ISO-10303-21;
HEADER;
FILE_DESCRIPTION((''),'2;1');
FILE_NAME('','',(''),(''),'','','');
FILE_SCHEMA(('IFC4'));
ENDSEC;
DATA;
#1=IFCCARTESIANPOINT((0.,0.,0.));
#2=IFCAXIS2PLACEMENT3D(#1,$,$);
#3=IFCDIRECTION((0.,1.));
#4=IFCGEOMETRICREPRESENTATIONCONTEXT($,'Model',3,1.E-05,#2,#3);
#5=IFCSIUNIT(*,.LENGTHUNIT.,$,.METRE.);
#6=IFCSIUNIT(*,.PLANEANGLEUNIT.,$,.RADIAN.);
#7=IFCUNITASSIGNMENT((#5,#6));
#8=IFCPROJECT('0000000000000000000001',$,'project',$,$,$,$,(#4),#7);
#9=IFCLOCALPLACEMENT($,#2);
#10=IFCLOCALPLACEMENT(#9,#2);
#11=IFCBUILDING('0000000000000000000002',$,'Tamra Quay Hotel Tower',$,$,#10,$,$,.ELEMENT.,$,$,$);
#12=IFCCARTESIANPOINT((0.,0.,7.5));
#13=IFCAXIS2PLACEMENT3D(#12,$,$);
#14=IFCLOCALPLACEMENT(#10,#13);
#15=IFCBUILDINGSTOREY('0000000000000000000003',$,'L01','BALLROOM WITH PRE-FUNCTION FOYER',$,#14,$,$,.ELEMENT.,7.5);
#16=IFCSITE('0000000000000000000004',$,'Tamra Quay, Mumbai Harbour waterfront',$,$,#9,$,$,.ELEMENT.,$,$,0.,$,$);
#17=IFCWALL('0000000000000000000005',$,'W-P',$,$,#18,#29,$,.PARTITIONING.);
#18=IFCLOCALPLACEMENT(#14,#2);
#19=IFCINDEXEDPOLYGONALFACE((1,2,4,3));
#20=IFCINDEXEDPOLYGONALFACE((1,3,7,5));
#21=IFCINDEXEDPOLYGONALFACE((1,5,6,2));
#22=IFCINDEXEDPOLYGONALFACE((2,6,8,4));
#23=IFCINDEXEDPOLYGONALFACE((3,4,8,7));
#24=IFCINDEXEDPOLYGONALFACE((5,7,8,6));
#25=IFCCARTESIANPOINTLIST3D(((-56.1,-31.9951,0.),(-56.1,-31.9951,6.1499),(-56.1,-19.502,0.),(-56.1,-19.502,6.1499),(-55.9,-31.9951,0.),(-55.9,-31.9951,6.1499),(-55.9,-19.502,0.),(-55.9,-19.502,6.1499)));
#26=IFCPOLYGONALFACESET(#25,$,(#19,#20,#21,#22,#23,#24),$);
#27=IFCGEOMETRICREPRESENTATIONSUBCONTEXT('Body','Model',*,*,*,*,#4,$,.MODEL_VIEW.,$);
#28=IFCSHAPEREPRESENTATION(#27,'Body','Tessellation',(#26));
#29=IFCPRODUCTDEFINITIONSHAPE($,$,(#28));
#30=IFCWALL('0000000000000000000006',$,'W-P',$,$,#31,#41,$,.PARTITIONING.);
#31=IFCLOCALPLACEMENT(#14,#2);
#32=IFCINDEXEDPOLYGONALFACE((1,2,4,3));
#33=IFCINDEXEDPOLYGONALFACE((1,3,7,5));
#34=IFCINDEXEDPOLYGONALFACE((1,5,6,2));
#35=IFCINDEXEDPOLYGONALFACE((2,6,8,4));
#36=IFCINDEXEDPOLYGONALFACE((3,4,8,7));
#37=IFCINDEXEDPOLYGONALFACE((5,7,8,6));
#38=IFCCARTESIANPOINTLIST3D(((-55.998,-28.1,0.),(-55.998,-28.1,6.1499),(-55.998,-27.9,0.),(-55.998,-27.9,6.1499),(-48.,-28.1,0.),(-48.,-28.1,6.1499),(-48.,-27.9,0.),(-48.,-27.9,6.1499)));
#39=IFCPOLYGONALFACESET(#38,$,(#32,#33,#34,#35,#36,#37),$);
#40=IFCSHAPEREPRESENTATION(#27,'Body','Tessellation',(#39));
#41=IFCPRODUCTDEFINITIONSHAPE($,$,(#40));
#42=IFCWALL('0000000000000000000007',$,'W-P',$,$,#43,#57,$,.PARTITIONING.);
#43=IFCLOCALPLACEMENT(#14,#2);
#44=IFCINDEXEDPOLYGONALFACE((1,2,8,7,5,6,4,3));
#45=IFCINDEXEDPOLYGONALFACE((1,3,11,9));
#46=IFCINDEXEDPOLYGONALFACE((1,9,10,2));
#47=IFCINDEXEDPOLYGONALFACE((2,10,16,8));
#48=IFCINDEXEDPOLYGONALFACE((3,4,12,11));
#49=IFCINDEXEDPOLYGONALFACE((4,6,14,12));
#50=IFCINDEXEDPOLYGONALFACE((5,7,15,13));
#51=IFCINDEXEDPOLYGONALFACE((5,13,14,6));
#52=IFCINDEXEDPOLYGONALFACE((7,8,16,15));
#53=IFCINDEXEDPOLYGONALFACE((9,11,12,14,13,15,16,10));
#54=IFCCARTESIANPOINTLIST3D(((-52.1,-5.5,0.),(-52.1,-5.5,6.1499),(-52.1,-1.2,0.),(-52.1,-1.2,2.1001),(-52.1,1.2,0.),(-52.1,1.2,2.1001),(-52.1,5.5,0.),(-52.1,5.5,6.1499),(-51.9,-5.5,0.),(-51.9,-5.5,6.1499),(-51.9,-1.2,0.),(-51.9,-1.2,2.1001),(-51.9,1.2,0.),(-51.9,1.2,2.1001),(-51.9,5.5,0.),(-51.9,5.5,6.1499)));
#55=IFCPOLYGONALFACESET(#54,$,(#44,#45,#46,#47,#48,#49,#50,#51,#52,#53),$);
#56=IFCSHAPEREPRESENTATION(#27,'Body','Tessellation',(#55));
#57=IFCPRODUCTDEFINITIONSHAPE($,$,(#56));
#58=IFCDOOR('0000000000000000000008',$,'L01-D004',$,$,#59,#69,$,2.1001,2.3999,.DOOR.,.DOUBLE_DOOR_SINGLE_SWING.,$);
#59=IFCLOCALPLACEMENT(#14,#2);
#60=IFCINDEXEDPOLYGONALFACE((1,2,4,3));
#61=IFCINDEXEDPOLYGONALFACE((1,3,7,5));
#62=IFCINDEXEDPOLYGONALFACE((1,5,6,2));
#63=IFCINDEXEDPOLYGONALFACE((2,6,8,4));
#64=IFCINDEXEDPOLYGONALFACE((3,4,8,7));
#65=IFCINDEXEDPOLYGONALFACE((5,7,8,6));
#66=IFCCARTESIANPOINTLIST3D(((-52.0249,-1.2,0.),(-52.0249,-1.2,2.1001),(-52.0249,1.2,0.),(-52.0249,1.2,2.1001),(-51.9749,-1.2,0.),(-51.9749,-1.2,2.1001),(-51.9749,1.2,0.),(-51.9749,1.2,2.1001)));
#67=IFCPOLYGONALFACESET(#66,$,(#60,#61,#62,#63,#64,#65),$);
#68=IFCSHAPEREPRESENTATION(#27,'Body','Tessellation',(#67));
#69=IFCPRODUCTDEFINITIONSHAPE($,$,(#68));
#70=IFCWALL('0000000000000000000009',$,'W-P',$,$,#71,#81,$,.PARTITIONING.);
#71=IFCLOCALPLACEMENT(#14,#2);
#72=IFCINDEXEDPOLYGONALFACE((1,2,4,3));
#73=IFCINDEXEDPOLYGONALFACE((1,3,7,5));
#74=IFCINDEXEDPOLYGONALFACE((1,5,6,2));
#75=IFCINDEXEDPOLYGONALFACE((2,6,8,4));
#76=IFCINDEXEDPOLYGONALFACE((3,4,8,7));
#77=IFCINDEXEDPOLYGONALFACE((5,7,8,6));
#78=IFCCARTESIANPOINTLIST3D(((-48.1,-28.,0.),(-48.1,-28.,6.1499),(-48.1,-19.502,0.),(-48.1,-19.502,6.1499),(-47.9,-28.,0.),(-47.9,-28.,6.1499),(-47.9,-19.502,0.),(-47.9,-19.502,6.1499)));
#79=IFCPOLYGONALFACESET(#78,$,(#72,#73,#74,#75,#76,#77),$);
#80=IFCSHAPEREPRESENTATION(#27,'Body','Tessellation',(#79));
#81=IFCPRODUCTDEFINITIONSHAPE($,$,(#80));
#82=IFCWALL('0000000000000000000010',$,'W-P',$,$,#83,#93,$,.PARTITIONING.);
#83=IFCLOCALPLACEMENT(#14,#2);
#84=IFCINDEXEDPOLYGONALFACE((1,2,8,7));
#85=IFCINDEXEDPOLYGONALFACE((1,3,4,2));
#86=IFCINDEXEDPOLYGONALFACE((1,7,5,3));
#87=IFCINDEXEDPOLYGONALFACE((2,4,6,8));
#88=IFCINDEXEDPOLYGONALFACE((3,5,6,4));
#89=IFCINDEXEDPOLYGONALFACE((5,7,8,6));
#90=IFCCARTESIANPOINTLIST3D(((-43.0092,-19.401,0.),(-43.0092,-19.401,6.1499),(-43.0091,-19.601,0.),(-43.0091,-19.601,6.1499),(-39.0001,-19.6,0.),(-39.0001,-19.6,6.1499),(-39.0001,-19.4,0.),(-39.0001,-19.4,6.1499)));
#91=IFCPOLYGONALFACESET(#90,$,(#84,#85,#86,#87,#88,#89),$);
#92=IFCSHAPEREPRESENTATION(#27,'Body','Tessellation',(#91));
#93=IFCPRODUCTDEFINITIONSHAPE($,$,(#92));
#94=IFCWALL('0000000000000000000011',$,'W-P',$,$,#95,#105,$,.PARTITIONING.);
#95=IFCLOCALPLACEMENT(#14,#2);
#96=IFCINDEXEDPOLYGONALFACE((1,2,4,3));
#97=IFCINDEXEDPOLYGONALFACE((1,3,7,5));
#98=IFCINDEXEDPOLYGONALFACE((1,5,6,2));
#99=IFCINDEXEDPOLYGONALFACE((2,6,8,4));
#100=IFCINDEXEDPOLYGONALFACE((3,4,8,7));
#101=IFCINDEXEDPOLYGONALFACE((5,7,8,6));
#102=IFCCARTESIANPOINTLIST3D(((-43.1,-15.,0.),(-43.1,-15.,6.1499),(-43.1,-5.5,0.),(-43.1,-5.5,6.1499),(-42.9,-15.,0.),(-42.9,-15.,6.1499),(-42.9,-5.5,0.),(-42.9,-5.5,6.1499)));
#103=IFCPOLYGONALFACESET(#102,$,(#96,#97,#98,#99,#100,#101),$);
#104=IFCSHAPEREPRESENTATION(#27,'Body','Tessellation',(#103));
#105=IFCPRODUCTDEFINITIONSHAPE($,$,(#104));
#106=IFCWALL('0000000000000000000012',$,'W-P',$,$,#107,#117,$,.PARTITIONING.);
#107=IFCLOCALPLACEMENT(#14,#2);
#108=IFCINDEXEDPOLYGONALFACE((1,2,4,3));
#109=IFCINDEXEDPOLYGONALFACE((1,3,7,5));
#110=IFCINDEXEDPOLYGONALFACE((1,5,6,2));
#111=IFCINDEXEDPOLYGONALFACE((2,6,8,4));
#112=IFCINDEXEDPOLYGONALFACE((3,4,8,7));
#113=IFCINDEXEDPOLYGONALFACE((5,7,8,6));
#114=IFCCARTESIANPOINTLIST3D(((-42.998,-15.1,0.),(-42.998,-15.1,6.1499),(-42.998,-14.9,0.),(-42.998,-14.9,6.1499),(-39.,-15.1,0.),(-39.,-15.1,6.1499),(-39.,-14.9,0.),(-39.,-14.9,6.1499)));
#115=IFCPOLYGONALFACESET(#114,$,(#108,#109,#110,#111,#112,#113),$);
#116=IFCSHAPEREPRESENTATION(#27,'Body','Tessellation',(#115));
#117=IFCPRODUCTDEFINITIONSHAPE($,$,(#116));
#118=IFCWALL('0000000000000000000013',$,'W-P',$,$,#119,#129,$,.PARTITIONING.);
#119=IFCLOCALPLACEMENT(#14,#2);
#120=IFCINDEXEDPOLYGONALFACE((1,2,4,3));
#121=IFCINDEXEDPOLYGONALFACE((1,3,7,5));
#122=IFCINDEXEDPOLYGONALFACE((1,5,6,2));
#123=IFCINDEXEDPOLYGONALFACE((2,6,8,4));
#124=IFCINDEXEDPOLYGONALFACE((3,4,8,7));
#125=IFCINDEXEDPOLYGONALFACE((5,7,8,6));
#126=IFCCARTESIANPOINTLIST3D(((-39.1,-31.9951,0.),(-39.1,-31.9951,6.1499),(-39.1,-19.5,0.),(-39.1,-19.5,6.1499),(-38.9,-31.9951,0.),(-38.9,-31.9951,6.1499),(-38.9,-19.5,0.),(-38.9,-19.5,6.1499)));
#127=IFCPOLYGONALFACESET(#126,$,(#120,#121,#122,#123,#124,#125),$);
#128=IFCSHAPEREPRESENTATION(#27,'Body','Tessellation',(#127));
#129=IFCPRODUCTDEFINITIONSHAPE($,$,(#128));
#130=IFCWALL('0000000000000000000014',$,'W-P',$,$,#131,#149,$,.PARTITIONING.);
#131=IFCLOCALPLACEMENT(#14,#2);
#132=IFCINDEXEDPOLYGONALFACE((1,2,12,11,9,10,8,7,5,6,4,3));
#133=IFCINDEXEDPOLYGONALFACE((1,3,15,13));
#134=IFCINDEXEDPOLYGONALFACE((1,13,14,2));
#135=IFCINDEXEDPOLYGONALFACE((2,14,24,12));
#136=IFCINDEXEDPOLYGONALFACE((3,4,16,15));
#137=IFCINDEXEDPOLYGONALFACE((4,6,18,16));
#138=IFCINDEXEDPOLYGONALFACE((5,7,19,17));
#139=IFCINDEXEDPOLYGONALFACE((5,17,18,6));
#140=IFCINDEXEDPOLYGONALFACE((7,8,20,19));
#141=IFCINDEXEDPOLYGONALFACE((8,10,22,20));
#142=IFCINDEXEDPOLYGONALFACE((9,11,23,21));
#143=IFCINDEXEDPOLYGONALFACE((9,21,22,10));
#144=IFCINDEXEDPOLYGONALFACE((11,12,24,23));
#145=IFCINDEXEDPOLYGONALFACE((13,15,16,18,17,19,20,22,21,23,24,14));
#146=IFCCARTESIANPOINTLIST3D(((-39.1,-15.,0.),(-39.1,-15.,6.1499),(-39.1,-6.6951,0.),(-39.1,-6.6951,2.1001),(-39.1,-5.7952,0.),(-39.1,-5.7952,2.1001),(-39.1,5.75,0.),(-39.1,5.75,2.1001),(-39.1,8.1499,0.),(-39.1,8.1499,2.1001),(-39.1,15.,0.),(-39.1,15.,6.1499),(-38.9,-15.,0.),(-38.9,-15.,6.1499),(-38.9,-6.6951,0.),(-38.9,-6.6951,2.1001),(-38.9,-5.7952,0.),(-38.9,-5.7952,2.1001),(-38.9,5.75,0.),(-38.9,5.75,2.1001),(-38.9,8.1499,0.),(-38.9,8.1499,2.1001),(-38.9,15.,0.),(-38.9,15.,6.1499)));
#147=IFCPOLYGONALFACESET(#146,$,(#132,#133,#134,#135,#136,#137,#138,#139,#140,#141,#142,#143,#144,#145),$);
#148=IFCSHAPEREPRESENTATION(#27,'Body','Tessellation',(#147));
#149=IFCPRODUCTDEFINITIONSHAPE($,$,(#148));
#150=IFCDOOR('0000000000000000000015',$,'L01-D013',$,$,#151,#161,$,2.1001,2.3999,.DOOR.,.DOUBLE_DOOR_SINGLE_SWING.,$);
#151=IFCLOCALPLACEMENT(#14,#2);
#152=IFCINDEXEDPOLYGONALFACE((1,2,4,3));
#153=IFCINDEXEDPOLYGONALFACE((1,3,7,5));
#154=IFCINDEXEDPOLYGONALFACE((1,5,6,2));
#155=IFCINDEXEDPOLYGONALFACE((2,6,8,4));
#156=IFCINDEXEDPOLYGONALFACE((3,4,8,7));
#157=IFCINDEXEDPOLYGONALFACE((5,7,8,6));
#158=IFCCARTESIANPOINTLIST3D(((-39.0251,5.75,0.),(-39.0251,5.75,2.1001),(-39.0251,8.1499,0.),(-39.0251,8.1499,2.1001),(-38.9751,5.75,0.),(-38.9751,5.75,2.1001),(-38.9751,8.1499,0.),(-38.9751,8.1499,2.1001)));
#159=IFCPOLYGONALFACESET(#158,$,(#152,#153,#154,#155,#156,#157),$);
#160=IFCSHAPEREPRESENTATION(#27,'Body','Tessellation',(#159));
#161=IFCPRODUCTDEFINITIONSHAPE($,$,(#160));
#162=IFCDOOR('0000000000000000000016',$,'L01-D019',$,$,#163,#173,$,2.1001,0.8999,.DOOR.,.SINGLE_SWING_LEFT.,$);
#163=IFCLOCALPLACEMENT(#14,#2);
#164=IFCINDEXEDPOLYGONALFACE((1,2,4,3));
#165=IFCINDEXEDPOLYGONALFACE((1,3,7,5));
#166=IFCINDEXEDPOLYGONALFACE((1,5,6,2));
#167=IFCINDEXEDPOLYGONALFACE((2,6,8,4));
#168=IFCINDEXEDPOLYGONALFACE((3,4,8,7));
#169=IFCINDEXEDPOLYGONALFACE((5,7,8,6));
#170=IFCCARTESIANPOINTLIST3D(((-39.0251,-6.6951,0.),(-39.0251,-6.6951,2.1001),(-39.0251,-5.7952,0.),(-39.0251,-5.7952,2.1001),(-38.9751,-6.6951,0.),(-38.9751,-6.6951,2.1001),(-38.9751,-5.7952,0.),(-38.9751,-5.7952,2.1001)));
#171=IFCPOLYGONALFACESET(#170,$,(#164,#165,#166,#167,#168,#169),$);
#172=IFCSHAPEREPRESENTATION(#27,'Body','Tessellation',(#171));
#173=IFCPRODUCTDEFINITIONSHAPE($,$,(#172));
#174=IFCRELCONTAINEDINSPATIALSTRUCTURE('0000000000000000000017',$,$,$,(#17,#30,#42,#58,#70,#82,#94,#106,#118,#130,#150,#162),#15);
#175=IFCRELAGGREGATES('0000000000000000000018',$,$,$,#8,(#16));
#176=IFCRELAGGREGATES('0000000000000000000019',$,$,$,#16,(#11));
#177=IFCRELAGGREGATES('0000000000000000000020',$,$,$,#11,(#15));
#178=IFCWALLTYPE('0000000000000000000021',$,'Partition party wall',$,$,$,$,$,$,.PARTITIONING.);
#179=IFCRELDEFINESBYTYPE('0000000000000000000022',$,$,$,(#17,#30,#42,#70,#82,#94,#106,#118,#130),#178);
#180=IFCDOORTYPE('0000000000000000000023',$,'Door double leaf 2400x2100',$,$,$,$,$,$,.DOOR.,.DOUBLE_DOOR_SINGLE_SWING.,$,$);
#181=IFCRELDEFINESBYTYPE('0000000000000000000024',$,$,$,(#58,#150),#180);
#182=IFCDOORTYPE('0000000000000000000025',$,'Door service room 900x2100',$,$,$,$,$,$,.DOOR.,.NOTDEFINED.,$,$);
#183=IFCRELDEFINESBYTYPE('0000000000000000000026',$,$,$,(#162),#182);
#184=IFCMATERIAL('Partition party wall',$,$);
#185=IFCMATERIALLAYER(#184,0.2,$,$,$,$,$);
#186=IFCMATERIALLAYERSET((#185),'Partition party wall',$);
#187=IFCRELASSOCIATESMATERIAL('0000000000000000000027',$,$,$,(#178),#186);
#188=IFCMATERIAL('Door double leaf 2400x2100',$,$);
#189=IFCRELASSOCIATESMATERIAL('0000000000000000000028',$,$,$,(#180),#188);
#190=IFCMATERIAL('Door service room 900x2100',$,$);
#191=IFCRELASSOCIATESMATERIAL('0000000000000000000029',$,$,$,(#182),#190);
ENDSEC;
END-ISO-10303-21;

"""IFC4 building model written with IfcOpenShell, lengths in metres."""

from ifc_helpers import new_model, si_unit, direction, frame, frame_2d, origin, place, context, subcontext, project, spatial, rectangle, extrude, material, layer, layer_set, type_object, element, fill, save


model = new_model("IFC4")

# Units and contexts
model_context = context("Model", 3, precision=1e-05, world=origin(), true_north=direction((0.0, 1.0)))
body_context = subcontext(model_context, "Body", "Model", "MODEL_VIEW")
ifc_project = project(units=[si_unit("LENGTHUNIT", "METRE"), si_unit("PLANEANGLEUNIT", "RADIAN")], contexts=[model_context])

# Site, building, storey
site_placement = place(None, origin())
site = spatial("IfcSite", under=ifc_project, at=site_placement, Name="Tamra Quay, Mumbai Harbour waterfront", CompositionType="ELEMENT", RefElevation=0.0)
building_placement = place(site_placement, origin())
building = spatial("IfcBuilding", under=site, at=building_placement, Name="Tamra Quay Hotel Tower", CompositionType="ELEMENT")
storey_placement = place(building_placement, frame((0.0, 0.0, 7.5)))
storey = spatial("IfcBuildingStorey", under=building, at=storey_placement, Name="L01", Description="BALLROOM WITH PRE-FUNCTION FOYER", CompositionType="ELEMENT", Elevation=7.5)

# Walls
ifc_material_1 = material(Name="Partition party wall")
ifc_layer_1 = layer(ifc_material_1, 0.2)
ifc_layer_set_1 = layer_set([ifc_layer_1], Name="Partition party wall")
wall_type_1 = type_object("IfcWallType", Name="Partition party wall", PredefinedType="PARTITIONING", material=ifc_layer_set_1)
for number, where, z_axis, x_axis, name in (
    (1, (-56.0, -31.9951, 0.0), (0.0, 0.0, 1.0), (0.0, 1.0, 0.0), "W-P"),
):
    element("IfcWall", number, at=place(storey_placement, frame(where, z_axis=z_axis, x_axis=x_axis)), inside=storey, type_object=wall_type_1, Name=name, PredefinedType="PARTITIONING", context=body_context, shape_type="SweptSolid", body=[
        extrude(rectangle(XDim=12.4932, YDim=0.2, at=frame_2d((6.2466, 0.0))), origin(), (0.0, 0.0, 1.0), 6.1499),
    ])
wall_1_placement = place(storey_placement, frame((-55.998, -28.0, 0.0), z_axis=(0.0, 0.0, 1.0), x_axis=(1.0, 0.0, 0.0)))
element("IfcWall", 2, at=wall_1_placement, inside=storey, type_object=wall_type_1, Name="W-P", PredefinedType="PARTITIONING", context=body_context, shape_type="SweptSolid", body=[
    extrude(rectangle(XDim=7.998, YDim=0.2, at=frame_2d((3.999, 0.0))), origin(), (0.0, 0.0, 1.0), 6.1499),
])

# Wall, opening, door
wall_2_placement = place(storey_placement, frame((-52.0, -5.5, 0.0), z_axis=(0.0, 0.0, 1.0), x_axis=(0.0, 1.0, 0.0)))
wall_2 = element("IfcWall", 3, at=wall_2_placement, inside=storey, type_object=wall_type_1, Name="W-P", PredefinedType="PARTITIONING", context=body_context, shape_type="SweptSolid", body=[
    extrude(rectangle(XDim=11.0, YDim=0.2, at=frame_2d((5.5, 0.0))), origin(), (0.0, 0.0, 1.0), 6.1499),
])
opening_1_placement = place(wall_2_placement, frame((4.3, 0.0, 0.0)))
opening_1 = element("IfcOpeningElement", 4, at=opening_1_placement, cuts=wall_2, PredefinedType="OPENING", context=body_context, shape_type="SweptSolid", body=[
    extrude(rectangle(XDim=2.3999, YDim=2.1001, at=frame_2d((1.2, 1.05))), frame((0.0, 0.1099, 0.0), z_axis=(0.0, -1.0, 0.0), x_axis=(1.0, 0.0, 0.0)), (0.0, 0.0, 1.0), 0.22),
])
ifc_material_2 = material(Name="Door double leaf 2400x2100")
door_type_1 = type_object("IfcDoorType", Name="Door double leaf 2400x2100", OperationType="DOUBLE_DOOR_SINGLE_SWING", PredefinedType="DOOR", material=ifc_material_2)
door_1_placement = place(opening_1_placement, origin())
door_1 = element("IfcDoor", 5, at=door_1_placement, inside=storey, type_object=door_type_1, Name="L01-D004", OperationType="DOUBLE_DOOR_SINGLE_SWING", OverallHeight=2.1001, OverallWidth=2.3999, PredefinedType="DOOR", context=body_context, shape_type="SweptSolid", body=[
    extrude(rectangle(XDim=2.3999, YDim=2.1001, at=frame_2d((1.2, 1.05))), frame((0.0, 0.0249, 0.0), z_axis=(0.0, -1.0, 0.0), x_axis=(1.0, 0.0, 0.0)), (0.0, 0.0, 1.0), 0.05),
])
fill(opening_1, door_1)

# Walls
wall_3_placement = place(storey_placement, frame((-48.0, -28.0, 0.0), z_axis=(0.0, 0.0, 1.0), x_axis=(0.0, 1.0, 0.0)))
element("IfcWall", 6, at=wall_3_placement, inside=storey, type_object=wall_type_1, Name="W-P", PredefinedType="PARTITIONING", context=body_context, shape_type="SweptSolid", body=[
    extrude(rectangle(XDim=8.498, YDim=0.2, at=frame_2d((4.249, 0.0))), origin(), (0.0, 0.0, 1.0), 6.1499),
])
wall_4_placement = place(storey_placement, frame((-43.009, -19.501, 0.0), z_axis=(0.0, 0.0, 1.0), x_axis=(1.0, 0.000244, 0.0)))
element("IfcWall", 7, at=wall_4_placement, inside=storey, type_object=wall_type_1, Name="W-P", PredefinedType="PARTITIONING", context=body_context, shape_type="SweptSolid", body=[
    extrude(rectangle(XDim=4.009, YDim=0.2, at=frame_2d((2.0044, 0.0))), origin(), (0.0, 0.0, 1.0), 6.1499),
])
wall_5_placement = place(storey_placement, frame((-43.0, -15.0, 0.0), z_axis=(0.0, 0.0, 1.0), x_axis=(0.0, 1.0, 0.0)))
element("IfcWall", 8, at=wall_5_placement, inside=storey, type_object=wall_type_1, Name="W-P", PredefinedType="PARTITIONING", context=body_context, shape_type="SweptSolid", body=[
    extrude(rectangle(XDim=9.5, YDim=0.2, at=frame_2d((4.75, 0.0))), origin(), (0.0, 0.0, 1.0), 6.1499),
])
wall_6_placement = place(storey_placement, frame((-42.998, -15.0, 0.0), z_axis=(0.0, 0.0, 1.0), x_axis=(1.0, 0.0, 0.0)))
element("IfcWall", 9, at=wall_6_placement, inside=storey, type_object=wall_type_1, Name="W-P", PredefinedType="PARTITIONING", context=body_context, shape_type="SweptSolid", body=[
    extrude(rectangle(XDim=3.998, YDim=0.2, at=frame_2d((1.999, 0.0))), origin(), (0.0, 0.0, 1.0), 6.1499),
])
wall_7_placement = place(storey_placement, frame((-39.0, -31.9951, 0.0), z_axis=(0.0, 0.0, 1.0), x_axis=(0.0, 1.0, 0.0)))
element("IfcWall", 10, at=wall_7_placement, inside=storey, type_object=wall_type_1, Name="W-P", PredefinedType="PARTITIONING", context=body_context, shape_type="SweptSolid", body=[
    extrude(rectangle(XDim=12.4951, YDim=0.2, at=frame_2d((6.2476, 0.0))), origin(), (0.0, 0.0, 1.0), 6.1499),
])

# Wall, openings, doors
wall_8_placement = place(storey_placement, frame((-39.0, -15.0, 0.0), z_axis=(0.0, 0.0, 1.0), x_axis=(0.0, 1.0, 0.0)))
wall_8 = element("IfcWall", 11, at=wall_8_placement, inside=storey, type_object=wall_type_1, Name="W-P", PredefinedType="PARTITIONING", context=body_context, shape_type="SweptSolid", body=[
    extrude(rectangle(XDim=30.0, YDim=0.2, at=frame_2d((15.0, 0.0))), origin(), (0.0, 0.0, 1.0), 6.1499),
])
opening_2_placement = place(wall_8_placement, frame((20.75, 0.0, 0.0)))
opening_2 = element("IfcOpeningElement", 12, at=opening_2_placement, cuts=wall_8, PredefinedType="OPENING", context=body_context, shape_type="SweptSolid", body=[
    extrude(rectangle(XDim=2.3999, YDim=2.1001, at=frame_2d((1.2, 1.05))), frame((0.0, 0.1099, 0.0), z_axis=(0.0, -1.0, 0.0), x_axis=(1.0, 0.0, 0.0)), (0.0, 0.0, 1.0), 0.22),
])
opening_3_placement = place(wall_8_placement, frame((8.3049, 0.0, 0.0)))
opening_3 = element("IfcOpeningElement", 13, at=opening_3_placement, cuts=wall_8, PredefinedType="OPENING", context=body_context, shape_type="SweptSolid", body=[
    extrude(rectangle(XDim=0.8999, YDim=2.1001, at=frame_2d((0.45, 1.05))), frame((0.0, 0.1099, 0.0), z_axis=(0.0, -1.0, 0.0), x_axis=(1.0, 0.0, 0.0)), (0.0, 0.0, 1.0), 0.22),
])
door_2_placement = place(opening_2_placement, frame((2.3999, 0.0, 0.0), z_axis=(0.0, 0.0, 1.0), x_axis=(-1.0, 0.0, 0.0)))
door_2 = element("IfcDoor", 14, at=door_2_placement, inside=storey, type_object=door_type_1, Name="L01-D013", OperationType="DOUBLE_DOOR_SINGLE_SWING", OverallHeight=2.1001, OverallWidth=2.3999, PredefinedType="DOOR", context=body_context, shape_type="SweptSolid", body=[
    extrude(rectangle(XDim=2.3999, YDim=2.1001, at=frame_2d((1.2, 1.05))), frame((0.0, 0.0249, 0.0), z_axis=(0.0, -1.0, 0.0), x_axis=(1.0, 0.0, 0.0)), (0.0, 0.0, 1.0), 0.05),
])
fill(opening_2, door_2)
ifc_material_3 = material(Name="Door service room 900x2100")
door_type_2 = type_object("IfcDoorType", Name="Door service room 900x2100", OperationType="NOTDEFINED", PredefinedType="DOOR", material=ifc_material_3)
door_3_placement = place(opening_3_placement, frame((0.8999, 0.0, 0.0), z_axis=(0.0, 0.0, 1.0), x_axis=(-1.0, 0.0, 0.0)))
door_3 = element("IfcDoor", 15, at=door_3_placement, inside=storey, type_object=door_type_2, Name="L01-D019", OperationType="SINGLE_SWING_LEFT", OverallHeight=2.1001, OverallWidth=0.8999, PredefinedType="DOOR", context=body_context, shape_type="SweptSolid", body=[
    extrude(rectangle(XDim=0.8999, YDim=2.1001, at=frame_2d((0.45, 1.05))), frame((0.0, 0.0249, 0.0), z_axis=(0.0, -1.0, 0.0), x_axis=(1.0, 0.0, 0.0)), (0.0, 0.0, 1.0), 0.05),
])
fill(opening_3, door_3)

save(model, "model.ifc")
